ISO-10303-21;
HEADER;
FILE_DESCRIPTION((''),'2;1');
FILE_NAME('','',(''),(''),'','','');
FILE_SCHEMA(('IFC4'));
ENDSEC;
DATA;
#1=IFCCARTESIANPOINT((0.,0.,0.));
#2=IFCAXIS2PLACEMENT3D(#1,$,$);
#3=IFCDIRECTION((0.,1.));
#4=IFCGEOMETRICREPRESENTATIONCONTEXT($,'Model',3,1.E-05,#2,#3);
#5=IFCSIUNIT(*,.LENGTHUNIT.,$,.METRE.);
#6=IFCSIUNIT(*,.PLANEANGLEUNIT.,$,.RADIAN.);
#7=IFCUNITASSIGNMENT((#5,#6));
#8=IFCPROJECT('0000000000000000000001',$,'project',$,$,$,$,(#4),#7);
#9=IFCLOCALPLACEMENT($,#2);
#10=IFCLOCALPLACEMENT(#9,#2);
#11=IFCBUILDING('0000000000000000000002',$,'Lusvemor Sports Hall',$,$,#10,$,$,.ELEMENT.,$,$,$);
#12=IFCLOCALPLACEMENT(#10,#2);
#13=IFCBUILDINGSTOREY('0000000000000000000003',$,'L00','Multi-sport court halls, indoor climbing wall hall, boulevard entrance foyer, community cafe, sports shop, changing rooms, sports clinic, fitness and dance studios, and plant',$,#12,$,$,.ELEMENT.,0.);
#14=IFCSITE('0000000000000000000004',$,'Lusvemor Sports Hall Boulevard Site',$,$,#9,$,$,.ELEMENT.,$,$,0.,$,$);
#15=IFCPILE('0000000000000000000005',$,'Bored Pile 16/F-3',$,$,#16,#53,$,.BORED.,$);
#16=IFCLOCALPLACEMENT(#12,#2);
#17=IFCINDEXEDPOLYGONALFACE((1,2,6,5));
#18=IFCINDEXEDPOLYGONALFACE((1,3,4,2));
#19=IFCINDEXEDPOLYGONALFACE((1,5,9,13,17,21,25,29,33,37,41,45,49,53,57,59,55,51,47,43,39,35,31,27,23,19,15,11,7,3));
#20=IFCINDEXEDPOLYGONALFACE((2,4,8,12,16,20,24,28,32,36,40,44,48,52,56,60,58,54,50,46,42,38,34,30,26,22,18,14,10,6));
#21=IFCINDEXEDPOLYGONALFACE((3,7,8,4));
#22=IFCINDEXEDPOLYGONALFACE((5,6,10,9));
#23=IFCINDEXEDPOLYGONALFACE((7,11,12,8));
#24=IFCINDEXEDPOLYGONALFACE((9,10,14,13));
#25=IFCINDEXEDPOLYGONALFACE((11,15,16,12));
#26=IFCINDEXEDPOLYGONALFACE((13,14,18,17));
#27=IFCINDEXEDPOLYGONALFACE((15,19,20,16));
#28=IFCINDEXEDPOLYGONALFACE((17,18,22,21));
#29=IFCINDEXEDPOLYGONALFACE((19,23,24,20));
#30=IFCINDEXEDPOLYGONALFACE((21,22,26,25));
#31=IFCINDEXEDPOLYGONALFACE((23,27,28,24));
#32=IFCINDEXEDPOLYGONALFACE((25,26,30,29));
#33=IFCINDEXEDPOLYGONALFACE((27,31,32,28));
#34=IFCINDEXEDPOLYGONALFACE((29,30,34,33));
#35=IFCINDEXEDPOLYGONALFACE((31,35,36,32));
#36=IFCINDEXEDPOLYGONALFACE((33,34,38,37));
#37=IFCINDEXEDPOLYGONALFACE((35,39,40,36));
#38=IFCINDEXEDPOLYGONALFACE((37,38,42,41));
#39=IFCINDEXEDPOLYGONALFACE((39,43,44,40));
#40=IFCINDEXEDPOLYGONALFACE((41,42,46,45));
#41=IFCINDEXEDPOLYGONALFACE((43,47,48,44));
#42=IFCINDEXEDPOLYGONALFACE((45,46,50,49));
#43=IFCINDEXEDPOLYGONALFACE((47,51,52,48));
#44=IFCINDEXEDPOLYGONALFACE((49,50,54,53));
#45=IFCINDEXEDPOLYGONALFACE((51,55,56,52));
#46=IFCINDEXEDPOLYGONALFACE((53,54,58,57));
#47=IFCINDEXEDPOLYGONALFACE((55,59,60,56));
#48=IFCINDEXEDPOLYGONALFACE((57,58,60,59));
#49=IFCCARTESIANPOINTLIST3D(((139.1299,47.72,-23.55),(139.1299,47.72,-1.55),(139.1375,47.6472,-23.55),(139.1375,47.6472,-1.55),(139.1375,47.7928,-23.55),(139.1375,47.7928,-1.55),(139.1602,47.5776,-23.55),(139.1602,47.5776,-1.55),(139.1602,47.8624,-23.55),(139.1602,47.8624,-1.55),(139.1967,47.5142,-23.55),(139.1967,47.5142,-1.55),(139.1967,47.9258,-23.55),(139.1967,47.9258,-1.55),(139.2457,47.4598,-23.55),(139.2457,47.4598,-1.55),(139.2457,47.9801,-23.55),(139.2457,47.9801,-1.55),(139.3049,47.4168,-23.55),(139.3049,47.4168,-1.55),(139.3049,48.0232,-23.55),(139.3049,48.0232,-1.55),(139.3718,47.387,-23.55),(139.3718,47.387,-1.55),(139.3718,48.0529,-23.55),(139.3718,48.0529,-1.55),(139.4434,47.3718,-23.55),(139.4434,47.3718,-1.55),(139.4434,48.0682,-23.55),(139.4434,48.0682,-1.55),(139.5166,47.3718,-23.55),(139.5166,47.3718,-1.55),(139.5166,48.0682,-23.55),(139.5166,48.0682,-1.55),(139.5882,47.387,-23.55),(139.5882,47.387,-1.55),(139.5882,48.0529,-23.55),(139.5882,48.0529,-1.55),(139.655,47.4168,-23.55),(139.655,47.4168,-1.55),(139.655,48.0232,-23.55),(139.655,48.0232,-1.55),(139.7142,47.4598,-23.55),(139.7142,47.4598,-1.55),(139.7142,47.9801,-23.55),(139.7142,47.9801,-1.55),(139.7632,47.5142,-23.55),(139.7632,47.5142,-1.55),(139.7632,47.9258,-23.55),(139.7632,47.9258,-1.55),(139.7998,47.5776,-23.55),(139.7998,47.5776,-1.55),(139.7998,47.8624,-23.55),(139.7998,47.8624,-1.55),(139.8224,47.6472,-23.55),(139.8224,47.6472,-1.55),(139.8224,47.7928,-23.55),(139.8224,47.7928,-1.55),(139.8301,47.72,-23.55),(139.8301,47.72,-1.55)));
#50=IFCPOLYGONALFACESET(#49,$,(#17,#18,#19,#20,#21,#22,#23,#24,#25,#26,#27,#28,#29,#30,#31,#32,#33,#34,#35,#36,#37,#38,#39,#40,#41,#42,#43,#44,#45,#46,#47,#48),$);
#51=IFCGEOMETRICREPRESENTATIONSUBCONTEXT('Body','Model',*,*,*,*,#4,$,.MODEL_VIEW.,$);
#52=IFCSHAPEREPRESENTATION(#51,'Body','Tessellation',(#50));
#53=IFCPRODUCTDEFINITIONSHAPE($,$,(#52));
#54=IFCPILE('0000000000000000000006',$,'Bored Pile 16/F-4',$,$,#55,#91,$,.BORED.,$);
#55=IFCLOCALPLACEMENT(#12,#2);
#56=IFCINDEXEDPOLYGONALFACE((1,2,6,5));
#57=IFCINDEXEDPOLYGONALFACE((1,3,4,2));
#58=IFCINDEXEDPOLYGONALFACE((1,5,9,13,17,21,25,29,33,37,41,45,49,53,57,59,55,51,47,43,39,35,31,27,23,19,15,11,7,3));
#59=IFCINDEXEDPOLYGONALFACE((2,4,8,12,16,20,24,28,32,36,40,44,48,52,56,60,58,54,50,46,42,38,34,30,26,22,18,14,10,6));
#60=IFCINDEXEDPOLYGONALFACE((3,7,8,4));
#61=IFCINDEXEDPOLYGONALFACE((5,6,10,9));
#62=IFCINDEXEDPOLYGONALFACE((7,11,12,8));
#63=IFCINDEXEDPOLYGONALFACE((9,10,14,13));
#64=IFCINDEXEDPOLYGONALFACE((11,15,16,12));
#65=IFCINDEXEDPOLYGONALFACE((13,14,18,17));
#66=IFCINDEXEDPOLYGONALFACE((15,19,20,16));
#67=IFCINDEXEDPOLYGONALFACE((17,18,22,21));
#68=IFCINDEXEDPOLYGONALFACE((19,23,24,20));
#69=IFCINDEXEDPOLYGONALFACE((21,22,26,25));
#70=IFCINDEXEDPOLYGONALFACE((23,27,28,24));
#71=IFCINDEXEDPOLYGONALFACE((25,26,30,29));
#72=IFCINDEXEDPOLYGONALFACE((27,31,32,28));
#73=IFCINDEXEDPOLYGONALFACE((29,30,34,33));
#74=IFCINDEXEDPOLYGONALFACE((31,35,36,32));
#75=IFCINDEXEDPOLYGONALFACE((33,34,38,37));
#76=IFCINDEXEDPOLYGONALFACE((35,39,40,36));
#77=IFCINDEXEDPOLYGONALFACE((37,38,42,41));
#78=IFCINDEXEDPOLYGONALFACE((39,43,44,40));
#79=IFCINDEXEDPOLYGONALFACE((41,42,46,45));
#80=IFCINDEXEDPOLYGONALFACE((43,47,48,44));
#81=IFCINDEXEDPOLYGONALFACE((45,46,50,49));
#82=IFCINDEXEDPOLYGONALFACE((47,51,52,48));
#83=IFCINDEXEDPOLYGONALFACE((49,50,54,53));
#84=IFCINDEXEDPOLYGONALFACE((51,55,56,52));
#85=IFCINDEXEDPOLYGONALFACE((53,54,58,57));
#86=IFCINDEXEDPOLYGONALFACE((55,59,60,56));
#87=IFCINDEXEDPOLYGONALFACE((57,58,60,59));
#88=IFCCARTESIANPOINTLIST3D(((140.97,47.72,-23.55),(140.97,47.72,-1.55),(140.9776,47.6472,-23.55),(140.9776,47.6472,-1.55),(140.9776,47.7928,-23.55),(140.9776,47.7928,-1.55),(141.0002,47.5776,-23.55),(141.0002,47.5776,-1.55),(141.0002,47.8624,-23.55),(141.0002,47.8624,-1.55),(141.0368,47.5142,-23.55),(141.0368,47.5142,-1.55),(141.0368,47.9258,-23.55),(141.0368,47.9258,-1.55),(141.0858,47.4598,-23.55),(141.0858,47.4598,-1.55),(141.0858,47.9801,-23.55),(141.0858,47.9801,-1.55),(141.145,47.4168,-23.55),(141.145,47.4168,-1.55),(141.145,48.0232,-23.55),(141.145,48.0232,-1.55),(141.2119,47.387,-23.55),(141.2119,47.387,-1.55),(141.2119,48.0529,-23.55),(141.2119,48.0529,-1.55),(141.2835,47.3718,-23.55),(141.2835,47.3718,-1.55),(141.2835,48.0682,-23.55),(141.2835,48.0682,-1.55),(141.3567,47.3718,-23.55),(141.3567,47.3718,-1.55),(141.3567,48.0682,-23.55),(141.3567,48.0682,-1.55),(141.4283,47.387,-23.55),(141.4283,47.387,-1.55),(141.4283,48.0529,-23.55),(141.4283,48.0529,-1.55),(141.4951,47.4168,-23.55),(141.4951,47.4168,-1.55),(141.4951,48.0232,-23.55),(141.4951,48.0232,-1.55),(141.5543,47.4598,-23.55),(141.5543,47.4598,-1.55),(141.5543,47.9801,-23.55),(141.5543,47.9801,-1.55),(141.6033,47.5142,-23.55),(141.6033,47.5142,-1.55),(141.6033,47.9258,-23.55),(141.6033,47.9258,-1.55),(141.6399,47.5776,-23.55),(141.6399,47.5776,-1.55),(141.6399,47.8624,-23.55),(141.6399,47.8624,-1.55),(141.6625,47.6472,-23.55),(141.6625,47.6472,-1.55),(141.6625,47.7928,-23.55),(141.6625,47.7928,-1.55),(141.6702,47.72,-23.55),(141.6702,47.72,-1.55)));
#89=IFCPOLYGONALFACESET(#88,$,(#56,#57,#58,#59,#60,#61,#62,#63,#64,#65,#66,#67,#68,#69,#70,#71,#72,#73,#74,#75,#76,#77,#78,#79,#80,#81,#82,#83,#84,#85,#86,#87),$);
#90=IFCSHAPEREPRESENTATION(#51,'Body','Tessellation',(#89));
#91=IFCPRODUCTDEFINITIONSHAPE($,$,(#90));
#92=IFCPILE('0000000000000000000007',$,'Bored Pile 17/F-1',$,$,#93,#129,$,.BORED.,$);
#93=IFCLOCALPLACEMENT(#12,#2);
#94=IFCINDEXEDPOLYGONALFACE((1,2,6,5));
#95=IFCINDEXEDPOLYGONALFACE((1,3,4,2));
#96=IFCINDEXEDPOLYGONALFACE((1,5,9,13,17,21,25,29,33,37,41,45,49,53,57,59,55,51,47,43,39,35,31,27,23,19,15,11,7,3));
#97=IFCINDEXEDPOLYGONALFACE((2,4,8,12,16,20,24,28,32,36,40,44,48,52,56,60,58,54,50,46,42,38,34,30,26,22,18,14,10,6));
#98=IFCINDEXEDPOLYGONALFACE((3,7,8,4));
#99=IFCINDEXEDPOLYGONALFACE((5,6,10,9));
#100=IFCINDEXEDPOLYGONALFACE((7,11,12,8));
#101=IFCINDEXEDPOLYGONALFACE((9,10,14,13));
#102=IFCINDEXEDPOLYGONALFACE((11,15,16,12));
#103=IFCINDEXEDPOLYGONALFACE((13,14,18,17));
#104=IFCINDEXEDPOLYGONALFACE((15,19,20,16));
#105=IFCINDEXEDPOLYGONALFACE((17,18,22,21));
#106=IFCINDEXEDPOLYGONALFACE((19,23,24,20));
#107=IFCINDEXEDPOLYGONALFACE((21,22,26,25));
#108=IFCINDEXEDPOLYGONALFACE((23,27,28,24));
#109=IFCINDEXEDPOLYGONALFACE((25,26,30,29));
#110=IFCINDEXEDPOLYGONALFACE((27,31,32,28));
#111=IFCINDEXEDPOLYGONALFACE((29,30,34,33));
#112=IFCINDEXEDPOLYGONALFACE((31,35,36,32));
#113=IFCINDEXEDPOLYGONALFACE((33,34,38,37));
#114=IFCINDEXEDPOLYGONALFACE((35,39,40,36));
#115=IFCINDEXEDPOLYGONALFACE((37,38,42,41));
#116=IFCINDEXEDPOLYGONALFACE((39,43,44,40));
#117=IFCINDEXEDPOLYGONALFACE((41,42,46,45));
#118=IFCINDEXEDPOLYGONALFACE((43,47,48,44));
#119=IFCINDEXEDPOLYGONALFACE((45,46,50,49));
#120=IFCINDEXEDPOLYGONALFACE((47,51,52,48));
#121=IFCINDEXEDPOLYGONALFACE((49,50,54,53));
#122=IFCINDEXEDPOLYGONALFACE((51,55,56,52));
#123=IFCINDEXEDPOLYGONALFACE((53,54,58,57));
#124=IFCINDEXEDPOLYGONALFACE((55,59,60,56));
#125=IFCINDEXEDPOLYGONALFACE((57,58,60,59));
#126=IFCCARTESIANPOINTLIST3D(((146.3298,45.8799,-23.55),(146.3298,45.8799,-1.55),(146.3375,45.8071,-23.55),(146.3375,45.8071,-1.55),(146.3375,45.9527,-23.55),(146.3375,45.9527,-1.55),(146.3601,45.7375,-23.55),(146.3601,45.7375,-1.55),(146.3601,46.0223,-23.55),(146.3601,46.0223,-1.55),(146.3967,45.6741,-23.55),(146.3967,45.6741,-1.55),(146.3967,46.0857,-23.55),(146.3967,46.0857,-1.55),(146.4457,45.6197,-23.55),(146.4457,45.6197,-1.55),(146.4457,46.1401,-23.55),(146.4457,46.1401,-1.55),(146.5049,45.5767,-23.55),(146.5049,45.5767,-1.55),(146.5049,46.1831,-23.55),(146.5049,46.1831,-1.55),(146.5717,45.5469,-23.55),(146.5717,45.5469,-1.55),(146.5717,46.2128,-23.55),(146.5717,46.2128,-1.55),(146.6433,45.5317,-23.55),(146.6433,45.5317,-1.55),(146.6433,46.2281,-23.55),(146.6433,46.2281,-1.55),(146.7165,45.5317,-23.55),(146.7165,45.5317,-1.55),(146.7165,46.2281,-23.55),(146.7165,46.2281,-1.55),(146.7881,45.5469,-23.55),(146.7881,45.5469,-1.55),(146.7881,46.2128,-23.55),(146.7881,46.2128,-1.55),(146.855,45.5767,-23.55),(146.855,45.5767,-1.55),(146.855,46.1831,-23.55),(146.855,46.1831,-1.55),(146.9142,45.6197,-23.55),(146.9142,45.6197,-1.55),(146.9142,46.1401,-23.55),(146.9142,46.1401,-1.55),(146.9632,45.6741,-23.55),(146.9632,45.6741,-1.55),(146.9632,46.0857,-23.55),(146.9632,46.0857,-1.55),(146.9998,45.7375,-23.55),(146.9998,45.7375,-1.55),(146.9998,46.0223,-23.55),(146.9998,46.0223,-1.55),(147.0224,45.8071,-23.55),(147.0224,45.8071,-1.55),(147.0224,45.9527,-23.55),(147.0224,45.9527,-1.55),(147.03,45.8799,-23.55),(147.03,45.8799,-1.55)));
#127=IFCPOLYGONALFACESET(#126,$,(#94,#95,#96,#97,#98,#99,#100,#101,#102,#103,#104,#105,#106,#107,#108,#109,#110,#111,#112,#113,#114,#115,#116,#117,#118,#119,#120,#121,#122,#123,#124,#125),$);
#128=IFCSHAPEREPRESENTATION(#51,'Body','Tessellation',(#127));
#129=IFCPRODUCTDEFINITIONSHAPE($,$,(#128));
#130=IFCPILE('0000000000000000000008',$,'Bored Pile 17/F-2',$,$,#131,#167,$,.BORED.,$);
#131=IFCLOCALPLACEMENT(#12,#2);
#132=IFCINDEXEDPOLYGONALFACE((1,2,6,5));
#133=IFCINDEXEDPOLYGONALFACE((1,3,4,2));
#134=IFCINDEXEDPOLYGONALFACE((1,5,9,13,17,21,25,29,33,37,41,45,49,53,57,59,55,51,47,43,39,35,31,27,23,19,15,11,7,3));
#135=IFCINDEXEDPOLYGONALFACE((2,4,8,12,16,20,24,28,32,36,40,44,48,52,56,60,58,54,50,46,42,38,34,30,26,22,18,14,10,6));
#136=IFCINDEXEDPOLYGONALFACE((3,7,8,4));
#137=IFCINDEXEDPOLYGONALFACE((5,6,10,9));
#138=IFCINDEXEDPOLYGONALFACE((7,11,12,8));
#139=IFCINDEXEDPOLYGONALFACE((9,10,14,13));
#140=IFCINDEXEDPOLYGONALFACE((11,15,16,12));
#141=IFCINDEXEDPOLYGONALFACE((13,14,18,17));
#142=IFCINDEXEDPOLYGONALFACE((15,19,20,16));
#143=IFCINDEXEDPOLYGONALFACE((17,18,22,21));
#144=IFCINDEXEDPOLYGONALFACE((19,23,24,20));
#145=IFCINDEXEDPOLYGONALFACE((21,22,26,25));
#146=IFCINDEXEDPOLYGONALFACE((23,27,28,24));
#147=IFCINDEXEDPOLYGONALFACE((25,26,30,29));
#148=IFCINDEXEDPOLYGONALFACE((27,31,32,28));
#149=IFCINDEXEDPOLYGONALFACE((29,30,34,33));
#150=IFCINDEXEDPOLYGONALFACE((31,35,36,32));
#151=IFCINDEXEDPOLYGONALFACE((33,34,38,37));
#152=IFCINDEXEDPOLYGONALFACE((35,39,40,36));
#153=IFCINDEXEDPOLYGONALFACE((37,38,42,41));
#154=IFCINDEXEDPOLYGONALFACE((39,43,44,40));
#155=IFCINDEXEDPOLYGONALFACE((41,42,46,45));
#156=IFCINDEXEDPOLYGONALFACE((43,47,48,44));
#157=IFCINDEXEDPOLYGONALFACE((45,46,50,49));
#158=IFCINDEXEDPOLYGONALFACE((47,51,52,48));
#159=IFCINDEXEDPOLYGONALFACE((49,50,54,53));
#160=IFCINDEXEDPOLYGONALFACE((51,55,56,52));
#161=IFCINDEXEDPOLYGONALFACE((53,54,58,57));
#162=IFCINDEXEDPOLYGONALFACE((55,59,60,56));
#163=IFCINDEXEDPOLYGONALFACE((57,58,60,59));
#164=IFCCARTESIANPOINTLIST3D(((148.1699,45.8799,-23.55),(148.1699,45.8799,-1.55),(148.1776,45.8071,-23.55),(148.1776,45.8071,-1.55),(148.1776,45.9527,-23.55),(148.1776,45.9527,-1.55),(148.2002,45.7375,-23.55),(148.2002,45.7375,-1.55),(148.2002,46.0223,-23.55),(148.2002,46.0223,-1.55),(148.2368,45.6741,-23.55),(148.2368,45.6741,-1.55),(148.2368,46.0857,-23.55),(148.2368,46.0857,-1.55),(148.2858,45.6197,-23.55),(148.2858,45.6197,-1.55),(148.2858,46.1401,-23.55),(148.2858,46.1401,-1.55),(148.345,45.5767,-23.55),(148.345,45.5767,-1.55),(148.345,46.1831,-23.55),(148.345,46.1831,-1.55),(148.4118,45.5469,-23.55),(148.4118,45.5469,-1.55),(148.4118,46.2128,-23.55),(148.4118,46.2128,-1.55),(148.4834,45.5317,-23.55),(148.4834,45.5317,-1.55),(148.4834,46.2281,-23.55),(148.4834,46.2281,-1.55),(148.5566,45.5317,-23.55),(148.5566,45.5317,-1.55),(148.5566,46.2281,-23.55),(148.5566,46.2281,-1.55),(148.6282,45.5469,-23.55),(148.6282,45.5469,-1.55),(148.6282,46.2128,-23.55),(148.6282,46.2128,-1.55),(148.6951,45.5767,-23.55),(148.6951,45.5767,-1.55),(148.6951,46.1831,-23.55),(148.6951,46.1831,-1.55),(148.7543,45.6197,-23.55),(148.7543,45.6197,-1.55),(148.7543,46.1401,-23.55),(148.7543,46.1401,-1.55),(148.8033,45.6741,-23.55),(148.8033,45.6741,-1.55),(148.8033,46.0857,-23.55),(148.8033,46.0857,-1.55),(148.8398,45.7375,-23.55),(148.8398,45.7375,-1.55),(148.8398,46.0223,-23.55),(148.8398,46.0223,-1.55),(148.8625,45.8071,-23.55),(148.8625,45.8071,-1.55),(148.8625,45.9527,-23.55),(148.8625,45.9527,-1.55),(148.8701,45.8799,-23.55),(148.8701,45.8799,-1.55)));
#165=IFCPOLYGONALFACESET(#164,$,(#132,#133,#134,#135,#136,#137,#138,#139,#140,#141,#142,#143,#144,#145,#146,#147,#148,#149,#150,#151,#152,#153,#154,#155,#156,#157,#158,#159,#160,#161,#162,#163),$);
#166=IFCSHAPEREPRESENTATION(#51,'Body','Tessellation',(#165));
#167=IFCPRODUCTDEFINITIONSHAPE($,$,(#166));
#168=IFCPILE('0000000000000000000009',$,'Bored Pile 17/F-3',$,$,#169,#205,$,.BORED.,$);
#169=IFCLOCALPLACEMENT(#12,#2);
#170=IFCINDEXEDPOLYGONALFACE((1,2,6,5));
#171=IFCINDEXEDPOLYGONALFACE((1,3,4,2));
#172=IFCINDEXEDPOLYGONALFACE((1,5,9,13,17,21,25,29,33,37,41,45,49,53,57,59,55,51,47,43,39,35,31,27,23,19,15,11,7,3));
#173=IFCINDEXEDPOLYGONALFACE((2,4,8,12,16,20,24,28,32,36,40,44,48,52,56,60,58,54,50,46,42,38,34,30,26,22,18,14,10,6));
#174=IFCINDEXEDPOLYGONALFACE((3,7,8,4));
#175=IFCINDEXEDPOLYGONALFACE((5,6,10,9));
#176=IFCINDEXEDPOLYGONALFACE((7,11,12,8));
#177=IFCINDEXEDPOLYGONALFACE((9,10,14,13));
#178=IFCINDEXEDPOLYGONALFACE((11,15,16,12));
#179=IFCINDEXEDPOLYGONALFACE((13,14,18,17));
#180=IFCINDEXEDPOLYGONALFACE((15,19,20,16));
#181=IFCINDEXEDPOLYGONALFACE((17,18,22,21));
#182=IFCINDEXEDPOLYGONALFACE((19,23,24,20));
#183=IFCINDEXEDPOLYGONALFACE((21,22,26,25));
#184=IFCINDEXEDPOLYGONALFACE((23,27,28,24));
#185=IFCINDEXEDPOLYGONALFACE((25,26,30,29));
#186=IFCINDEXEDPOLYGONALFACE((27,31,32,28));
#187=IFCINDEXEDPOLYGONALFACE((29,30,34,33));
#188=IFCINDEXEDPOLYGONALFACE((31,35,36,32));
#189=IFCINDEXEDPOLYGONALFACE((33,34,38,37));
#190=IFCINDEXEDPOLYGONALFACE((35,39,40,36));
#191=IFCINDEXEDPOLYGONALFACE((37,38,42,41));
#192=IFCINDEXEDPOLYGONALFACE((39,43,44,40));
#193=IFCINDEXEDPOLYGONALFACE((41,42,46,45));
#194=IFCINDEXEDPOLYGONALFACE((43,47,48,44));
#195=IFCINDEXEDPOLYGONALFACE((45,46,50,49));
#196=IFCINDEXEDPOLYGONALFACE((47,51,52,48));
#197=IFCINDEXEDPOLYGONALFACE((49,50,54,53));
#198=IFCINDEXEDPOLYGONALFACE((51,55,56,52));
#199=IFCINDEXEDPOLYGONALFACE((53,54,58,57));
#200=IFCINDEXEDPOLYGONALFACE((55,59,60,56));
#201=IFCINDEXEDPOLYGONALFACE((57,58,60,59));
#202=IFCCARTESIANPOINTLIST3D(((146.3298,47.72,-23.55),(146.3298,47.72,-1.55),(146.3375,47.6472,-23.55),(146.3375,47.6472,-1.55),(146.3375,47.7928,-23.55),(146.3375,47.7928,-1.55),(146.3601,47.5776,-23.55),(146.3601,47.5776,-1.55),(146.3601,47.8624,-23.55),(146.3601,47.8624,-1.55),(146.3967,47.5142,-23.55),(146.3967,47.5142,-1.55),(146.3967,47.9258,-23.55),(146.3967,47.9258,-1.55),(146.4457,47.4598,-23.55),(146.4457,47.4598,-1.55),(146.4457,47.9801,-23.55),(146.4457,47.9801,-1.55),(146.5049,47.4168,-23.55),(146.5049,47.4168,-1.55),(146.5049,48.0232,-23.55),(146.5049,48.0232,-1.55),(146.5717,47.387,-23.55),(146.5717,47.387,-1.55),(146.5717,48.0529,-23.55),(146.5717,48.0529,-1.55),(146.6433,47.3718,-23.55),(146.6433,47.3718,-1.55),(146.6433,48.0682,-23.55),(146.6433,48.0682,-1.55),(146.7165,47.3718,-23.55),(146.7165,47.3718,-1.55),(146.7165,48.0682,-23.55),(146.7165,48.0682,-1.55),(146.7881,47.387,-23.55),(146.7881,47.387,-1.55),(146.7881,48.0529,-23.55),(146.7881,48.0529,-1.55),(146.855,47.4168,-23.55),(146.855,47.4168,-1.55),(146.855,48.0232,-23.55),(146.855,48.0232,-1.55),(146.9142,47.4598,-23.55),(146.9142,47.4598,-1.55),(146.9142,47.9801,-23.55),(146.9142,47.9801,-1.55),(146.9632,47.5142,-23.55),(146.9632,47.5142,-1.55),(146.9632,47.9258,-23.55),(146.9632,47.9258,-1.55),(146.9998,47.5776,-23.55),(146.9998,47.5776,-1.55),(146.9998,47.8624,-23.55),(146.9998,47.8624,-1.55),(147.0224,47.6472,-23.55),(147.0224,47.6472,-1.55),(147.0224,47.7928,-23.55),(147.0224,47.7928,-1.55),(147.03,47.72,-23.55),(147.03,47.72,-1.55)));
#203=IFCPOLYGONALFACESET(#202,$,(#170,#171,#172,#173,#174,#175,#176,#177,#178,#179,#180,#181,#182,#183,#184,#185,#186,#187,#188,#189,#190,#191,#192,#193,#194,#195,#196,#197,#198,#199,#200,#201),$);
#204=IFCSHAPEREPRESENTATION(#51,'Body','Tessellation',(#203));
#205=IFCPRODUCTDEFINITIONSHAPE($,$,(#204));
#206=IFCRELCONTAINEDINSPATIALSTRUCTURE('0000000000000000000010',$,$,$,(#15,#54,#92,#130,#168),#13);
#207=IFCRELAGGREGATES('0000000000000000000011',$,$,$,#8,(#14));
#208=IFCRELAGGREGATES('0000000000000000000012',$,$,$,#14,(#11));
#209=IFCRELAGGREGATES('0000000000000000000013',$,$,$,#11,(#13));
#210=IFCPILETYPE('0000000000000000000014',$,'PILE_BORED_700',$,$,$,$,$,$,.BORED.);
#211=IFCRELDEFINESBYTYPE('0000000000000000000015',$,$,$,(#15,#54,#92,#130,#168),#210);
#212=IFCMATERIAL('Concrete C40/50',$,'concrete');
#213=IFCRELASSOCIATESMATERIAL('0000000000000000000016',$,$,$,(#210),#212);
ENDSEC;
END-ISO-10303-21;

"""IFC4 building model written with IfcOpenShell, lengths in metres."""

from ifc_helpers import new_model, si_unit, direction, frame, origin, origin_2d, place, context, subcontext, project, spatial, circle, extrude, material, material_profile, profile_set, type_object, element, save


model = new_model("IFC4")

# Units and contexts
model_context = context("Model", 3, precision=1e-05, world=origin(), true_north=direction((0.0, 1.0)))
body_context = subcontext(model_context, "Body", "Model", "MODEL_VIEW")
ifc_project = project(units=[si_unit("LENGTHUNIT", "METRE"), si_unit("PLANEANGLEUNIT", "RADIAN")], contexts=[model_context])

# Site, building, storey
site_placement = place(None, origin())
site = spatial("IfcSite", under=ifc_project, at=site_placement, Name="Lusvemor Sports Hall Boulevard Site", CompositionType="ELEMENT", RefElevation=0.0)
building_placement = place(site_placement, origin())
building = spatial("IfcBuilding", under=site, at=building_placement, Name="Lusvemor Sports Hall", CompositionType="ELEMENT")
storey_placement = place(building_placement, origin())
storey = spatial("IfcBuildingStorey", under=building, at=storey_placement, Name="L00", Description="Multi-sport court halls, indoor climbing wall hall, boulevard entrance foyer, community cafe, sports shop, changing rooms, sports clinic, fitness and dance studios, and plant", CompositionType="ELEMENT", Elevation=0.0)

# Piles
ifc_material_1 = material(Name="Concrete C40/50", Category="concrete")
ifc_material_profile_1 = material_profile(ifc_material_1, circle(Radius=0.3501, at=origin_2d()), Name="PILE700")
ifc_profile_set_1 = profile_set([ifc_material_profile_1], Name="Concrete C40/50")
pile_type = type_object("IfcPileType", Name="PILE_BORED_700", PredefinedType="BORED", material=ifc_profile_set_1)
for number, where, z_axis, x_axis, name in (
    (1, (139.48, 47.72, -1.55), (0.0, 0.0, -1.0), (1.0, 0.0, 0.0), "Bored Pile 16/F-3"),
    (2, (141.3201, 47.72, -1.55), (0.0, 0.0, -1.0), (1.0, 0.0, 0.0), "Bored Pile 16/F-4"),
    (3, (146.6799, 45.8799, -1.55), (0.0, 0.0, -1.0), (1.0, 0.0, 0.0), "Bored Pile 17/F-1"),
    (4, (148.52, 45.8799, -1.55), (0.0, 0.0, -1.0), (1.0, 0.0, 0.0), "Bored Pile 17/F-2"),
    (5, (146.6799, 47.72, -1.55), (0.0, 0.0, -1.0), (1.0, 0.0, 0.0), "Bored Pile 17/F-3"),
):
    element("IfcPile", number, at=place(storey_placement, frame(where, z_axis=z_axis, x_axis=x_axis)), inside=storey, type_object=pile_type, Name=name, PredefinedType="BORED", context=body_context, shape_type="SweptSolid", body=[
        extrude(circle(Radius=0.3501, at=origin_2d()), origin(), (0.0, 0.0, 1.0), 22.0),
    ])

save(model, "model.ifc")
